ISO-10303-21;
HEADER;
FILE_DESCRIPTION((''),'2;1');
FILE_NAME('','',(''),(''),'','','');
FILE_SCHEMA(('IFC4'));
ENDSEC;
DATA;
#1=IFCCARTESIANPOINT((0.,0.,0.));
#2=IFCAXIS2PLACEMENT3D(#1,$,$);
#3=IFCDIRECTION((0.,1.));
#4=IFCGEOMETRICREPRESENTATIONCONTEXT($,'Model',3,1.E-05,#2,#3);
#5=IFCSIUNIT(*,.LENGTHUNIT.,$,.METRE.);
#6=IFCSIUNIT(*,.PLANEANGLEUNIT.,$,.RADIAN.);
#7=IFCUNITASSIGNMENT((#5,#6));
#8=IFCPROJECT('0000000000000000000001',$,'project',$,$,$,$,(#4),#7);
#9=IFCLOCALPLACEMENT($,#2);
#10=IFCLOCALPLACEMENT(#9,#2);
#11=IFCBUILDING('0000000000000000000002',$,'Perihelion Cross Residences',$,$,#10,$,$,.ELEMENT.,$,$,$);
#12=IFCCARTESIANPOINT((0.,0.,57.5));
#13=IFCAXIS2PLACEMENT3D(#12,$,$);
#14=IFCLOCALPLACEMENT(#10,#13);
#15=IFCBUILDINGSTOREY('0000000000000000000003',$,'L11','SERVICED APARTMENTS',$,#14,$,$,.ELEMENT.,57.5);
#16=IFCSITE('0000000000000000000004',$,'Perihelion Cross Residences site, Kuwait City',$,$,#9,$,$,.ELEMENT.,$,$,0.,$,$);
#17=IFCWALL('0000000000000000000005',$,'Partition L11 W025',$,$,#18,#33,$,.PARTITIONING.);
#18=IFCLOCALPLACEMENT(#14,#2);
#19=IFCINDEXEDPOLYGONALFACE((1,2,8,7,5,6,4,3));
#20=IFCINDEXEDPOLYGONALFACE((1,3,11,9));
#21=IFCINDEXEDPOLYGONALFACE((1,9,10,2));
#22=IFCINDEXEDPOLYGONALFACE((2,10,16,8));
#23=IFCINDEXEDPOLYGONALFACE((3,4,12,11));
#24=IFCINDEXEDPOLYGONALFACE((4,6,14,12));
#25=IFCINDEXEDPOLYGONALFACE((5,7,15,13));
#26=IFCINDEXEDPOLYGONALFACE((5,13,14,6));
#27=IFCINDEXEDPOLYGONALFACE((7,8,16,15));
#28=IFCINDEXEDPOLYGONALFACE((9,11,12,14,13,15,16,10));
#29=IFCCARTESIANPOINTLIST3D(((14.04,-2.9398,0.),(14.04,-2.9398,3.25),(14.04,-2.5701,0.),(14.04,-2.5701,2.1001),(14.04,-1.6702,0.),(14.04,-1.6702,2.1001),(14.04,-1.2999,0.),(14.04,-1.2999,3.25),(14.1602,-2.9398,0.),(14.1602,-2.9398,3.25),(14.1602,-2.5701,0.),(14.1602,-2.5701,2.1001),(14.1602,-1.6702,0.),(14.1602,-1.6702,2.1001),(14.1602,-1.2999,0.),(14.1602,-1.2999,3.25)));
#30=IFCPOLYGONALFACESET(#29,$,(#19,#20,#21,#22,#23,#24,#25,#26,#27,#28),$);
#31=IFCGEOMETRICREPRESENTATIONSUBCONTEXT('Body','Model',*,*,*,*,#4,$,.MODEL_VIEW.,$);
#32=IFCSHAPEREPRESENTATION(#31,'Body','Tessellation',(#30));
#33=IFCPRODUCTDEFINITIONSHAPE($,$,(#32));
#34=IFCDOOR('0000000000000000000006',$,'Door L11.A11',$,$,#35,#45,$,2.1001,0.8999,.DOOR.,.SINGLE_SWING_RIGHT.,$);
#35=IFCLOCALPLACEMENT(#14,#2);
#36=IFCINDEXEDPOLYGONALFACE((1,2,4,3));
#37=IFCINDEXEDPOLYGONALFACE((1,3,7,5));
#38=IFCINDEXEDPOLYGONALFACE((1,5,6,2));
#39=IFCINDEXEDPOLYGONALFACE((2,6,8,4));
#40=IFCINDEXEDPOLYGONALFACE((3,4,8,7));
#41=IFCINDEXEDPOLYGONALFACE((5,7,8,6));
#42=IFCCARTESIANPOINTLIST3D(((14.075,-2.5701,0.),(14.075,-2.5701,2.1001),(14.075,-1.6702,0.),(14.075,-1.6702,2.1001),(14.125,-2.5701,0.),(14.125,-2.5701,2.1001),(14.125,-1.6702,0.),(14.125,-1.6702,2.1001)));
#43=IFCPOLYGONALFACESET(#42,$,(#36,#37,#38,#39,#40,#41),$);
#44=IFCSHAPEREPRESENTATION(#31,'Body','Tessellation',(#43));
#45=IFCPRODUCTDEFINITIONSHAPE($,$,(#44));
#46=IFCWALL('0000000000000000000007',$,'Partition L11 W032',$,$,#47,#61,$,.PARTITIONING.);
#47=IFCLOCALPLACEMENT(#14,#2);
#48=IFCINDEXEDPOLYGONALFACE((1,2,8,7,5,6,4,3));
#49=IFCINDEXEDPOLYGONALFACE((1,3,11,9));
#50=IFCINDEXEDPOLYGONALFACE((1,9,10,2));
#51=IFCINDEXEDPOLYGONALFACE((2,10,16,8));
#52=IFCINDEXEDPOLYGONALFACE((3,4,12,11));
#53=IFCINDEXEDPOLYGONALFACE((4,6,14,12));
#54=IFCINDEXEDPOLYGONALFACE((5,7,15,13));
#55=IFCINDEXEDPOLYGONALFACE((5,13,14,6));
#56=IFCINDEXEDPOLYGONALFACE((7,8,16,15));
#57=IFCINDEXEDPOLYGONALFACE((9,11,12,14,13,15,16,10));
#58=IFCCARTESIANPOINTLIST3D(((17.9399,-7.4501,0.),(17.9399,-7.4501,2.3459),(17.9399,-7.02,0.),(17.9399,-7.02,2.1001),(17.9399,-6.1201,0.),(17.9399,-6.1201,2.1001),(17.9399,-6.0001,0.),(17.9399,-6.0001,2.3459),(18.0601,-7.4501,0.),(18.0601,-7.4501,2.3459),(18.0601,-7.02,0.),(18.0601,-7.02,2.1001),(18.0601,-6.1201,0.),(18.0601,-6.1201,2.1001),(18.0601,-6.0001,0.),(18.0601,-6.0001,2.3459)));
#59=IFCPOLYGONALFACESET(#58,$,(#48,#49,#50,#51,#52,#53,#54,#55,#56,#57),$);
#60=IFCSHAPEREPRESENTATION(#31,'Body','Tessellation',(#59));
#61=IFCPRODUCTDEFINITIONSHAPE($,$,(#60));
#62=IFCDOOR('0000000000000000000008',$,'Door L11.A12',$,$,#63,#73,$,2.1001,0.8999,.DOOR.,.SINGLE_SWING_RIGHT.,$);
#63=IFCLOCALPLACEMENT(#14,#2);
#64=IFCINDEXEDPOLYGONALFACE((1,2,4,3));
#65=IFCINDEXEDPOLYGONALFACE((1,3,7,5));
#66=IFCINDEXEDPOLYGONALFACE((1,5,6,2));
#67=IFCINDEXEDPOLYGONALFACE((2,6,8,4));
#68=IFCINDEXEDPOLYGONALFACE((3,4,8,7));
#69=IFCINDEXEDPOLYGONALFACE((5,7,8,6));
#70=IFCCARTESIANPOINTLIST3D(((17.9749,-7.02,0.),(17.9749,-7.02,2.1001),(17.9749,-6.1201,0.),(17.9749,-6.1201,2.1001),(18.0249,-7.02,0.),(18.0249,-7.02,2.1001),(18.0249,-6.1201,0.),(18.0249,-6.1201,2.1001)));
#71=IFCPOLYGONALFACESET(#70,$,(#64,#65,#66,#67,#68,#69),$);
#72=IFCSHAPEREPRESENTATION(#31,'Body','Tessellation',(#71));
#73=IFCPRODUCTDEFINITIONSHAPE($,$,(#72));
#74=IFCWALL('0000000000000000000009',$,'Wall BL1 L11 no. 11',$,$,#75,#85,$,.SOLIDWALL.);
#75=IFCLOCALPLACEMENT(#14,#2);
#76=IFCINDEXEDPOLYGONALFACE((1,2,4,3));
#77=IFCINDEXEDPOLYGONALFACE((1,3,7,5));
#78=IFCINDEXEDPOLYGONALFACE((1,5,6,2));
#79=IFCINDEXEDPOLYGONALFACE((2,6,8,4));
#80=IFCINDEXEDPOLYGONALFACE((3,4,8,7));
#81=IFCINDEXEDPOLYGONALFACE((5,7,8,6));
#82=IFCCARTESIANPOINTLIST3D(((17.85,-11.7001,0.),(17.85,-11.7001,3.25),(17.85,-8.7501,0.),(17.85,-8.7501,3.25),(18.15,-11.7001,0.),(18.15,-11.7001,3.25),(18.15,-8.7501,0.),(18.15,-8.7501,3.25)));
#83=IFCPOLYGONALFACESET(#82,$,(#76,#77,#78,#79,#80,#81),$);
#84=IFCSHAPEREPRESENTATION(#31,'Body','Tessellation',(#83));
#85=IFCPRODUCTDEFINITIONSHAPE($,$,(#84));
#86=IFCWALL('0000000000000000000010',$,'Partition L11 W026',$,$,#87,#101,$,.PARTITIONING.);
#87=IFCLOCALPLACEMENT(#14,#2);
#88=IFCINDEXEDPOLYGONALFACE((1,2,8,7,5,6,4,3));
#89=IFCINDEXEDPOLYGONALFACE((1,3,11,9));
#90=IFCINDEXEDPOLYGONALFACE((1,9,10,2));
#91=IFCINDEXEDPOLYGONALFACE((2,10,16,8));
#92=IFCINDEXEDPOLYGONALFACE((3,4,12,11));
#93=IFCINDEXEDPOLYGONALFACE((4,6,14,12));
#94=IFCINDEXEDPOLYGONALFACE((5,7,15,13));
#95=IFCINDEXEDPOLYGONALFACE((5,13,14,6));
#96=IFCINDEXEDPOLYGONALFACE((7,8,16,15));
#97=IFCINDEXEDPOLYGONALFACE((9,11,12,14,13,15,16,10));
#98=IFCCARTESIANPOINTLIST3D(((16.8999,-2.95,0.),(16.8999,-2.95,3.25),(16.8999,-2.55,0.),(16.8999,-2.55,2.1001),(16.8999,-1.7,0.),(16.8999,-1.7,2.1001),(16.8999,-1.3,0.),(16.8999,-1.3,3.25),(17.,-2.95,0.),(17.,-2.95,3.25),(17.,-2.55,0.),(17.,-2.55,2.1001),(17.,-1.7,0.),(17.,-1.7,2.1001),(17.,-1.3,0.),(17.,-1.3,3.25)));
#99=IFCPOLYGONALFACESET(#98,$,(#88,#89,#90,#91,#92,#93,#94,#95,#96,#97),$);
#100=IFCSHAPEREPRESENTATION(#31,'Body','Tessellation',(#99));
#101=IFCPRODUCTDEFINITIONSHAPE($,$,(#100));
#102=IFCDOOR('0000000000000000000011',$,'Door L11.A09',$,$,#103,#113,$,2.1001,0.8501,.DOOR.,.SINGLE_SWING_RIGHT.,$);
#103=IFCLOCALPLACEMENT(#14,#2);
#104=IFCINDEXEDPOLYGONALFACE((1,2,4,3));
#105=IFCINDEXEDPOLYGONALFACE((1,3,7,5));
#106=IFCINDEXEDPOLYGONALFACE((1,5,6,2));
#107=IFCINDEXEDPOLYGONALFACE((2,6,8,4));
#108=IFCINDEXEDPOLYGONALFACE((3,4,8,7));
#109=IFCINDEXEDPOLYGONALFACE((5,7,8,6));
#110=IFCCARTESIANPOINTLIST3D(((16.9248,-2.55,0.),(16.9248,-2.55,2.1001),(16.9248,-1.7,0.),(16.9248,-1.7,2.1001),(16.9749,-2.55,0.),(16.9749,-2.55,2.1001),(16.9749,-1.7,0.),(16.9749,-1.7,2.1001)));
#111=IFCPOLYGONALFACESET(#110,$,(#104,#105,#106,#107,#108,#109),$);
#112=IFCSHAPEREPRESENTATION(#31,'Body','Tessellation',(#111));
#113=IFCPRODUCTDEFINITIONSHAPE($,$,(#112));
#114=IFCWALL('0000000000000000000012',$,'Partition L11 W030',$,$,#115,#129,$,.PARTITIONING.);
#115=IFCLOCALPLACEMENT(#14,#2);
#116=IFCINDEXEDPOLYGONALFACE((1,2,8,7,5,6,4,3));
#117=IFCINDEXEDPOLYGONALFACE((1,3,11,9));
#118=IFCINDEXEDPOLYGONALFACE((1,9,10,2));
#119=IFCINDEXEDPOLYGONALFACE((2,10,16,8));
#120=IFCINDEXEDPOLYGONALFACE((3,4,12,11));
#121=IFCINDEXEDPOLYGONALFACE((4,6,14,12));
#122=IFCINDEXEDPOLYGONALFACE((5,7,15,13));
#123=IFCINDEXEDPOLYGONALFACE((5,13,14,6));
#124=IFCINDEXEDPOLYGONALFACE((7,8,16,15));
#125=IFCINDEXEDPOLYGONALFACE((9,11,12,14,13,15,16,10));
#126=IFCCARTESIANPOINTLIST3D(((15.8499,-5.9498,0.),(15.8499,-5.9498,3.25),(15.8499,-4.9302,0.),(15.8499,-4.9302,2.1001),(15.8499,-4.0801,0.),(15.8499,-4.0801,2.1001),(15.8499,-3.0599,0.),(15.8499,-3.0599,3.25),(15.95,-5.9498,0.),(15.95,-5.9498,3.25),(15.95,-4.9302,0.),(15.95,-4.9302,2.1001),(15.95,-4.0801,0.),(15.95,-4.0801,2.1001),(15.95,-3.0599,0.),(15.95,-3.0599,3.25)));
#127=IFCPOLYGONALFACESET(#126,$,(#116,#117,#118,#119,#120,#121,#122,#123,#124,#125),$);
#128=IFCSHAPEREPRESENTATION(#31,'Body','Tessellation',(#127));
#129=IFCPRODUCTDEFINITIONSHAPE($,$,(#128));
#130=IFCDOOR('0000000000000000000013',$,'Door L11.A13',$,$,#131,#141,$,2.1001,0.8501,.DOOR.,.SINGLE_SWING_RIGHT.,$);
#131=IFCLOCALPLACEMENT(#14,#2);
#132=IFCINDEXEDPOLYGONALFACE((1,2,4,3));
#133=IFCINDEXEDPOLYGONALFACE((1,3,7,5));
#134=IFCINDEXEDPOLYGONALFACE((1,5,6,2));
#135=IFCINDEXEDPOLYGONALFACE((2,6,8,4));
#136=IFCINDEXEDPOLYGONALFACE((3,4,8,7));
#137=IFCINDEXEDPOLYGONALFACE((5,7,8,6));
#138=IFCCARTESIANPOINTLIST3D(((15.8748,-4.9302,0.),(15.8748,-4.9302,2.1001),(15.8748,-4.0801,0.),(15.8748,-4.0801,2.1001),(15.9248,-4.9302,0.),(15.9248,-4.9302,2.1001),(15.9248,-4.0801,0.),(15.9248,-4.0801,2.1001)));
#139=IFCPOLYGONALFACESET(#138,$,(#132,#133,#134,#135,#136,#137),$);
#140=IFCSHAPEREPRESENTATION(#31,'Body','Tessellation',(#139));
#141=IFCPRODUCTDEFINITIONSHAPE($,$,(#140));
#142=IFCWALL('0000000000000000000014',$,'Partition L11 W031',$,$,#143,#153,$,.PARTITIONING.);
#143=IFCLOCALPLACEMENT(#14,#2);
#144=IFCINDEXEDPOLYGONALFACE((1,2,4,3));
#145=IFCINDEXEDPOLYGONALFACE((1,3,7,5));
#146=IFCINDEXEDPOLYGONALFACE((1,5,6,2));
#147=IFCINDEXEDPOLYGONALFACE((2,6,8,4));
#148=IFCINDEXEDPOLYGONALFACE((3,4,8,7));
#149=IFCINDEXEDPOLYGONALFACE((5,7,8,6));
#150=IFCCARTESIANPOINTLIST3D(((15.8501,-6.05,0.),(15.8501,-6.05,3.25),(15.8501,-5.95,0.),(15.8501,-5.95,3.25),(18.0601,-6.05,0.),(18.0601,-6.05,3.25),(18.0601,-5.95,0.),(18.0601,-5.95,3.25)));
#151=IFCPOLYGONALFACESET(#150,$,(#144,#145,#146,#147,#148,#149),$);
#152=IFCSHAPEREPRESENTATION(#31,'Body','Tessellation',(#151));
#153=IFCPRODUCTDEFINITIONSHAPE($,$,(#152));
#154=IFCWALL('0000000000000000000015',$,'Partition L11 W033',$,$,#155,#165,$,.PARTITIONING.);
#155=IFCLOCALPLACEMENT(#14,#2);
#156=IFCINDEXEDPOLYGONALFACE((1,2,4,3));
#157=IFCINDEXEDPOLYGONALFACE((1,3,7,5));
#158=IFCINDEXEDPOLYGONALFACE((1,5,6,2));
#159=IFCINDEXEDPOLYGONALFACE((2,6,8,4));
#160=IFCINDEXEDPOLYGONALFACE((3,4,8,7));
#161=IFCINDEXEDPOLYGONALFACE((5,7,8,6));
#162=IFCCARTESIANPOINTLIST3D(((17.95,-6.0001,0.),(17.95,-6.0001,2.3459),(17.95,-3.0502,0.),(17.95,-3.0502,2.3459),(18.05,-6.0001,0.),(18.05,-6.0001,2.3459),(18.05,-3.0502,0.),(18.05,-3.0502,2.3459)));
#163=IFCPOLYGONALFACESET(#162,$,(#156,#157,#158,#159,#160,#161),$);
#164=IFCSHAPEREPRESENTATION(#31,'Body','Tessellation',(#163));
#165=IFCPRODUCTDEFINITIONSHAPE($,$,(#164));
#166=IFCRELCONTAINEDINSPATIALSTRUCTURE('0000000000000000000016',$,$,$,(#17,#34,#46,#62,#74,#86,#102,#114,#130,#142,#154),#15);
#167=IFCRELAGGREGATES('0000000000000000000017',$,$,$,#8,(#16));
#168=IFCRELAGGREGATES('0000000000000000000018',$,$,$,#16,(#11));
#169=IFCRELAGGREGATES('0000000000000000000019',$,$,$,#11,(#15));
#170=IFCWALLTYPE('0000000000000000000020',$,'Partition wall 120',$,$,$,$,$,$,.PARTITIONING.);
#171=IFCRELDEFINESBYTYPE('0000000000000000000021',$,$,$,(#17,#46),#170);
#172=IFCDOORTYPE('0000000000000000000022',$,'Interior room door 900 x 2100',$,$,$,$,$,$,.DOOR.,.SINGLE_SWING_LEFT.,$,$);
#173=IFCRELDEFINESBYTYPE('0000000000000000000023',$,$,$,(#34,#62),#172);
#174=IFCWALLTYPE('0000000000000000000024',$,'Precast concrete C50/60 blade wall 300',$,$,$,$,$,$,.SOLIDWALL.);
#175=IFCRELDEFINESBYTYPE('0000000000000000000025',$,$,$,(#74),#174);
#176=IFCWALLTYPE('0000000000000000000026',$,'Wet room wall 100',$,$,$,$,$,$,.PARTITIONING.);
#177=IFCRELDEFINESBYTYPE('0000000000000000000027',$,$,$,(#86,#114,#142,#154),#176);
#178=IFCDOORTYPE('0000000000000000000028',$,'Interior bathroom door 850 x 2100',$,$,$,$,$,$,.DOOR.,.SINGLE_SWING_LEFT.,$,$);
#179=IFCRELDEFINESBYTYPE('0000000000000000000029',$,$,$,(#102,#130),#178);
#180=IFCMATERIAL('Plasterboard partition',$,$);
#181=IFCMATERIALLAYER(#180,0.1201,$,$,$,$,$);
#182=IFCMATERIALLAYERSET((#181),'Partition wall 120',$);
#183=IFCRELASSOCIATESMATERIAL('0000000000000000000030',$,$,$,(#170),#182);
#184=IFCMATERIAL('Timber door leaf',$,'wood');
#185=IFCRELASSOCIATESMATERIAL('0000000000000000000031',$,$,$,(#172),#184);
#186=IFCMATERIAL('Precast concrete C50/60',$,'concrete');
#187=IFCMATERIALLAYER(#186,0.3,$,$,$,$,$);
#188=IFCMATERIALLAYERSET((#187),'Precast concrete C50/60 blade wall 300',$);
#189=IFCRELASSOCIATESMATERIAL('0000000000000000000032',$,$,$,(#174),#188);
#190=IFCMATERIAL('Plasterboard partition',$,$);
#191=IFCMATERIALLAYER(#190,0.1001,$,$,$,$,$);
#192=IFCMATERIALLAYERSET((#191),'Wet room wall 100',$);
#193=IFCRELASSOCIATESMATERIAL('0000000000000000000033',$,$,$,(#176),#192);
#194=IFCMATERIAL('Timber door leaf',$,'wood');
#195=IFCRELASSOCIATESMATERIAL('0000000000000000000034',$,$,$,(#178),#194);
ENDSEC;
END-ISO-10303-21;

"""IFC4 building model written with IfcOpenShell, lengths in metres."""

from ifc_helpers import new_model, si_unit, direction, frame, frame_2d, origin, place, context, subcontext, project, spatial, rectangle, extrude, material, layer, layer_set, type_object, element, fill, save


model = new_model("IFC4")

# Units and contexts
model_context = context("Model", 3, precision=1e-05, world=origin(), true_north=direction((0.0, 1.0)))
body_context = subcontext(model_context, "Body", "Model", "MODEL_VIEW")
ifc_project = project(units=[si_unit("LENGTHUNIT", "METRE"), si_unit("PLANEANGLEUNIT", "RADIAN")], contexts=[model_context])

# Site, building, storey
site_placement = place(None, origin())
site = spatial("IfcSite", under=ifc_project, at=site_placement, Name="Perihelion Cross Residences site, Kuwait City", CompositionType="ELEMENT", RefElevation=0.0)
building_placement = place(site_placement, origin())
building = spatial("IfcBuilding", under=site, at=building_placement, Name="Perihelion Cross Residences", CompositionType="ELEMENT")
storey_placement = place(building_placement, frame((0.0, 0.0, 57.5)))
storey = spatial("IfcBuildingStorey", under=building, at=storey_placement, Name="L11", Description="SERVICED APARTMENTS", CompositionType="ELEMENT", Elevation=57.5)

# Shared definitions
ifc_material_1 = material(Name="Plasterboard partition")
ifc_layer_1 = layer(ifc_material_1, 0.1201)
ifc_layer_set_1 = layer_set([ifc_layer_1], Name="Partition wall 120")
wall_type_1 = type_object("IfcWallType", Name="Partition wall 120", PredefinedType="PARTITIONING", material=ifc_layer_set_1)

# Shared definitions
ifc_material_2 = material(Name="Timber door leaf", Category="wood")
door_type_1 = type_object("IfcDoorType", Name="Interior room door 900 x 2100", OperationType="SINGLE_SWING_LEFT", PredefinedType="DOOR", material=ifc_material_2)

# Walls, openings, doors
wall_1_placement = place(storey_placement, frame((14.1001, -1.3, 0.0), z_axis=(0.0, 0.0, 1.0), x_axis=(0.0, -1.0, 0.0)))
wall_1 = element("IfcWall", 1, at=wall_1_placement, inside=storey, type_object=wall_type_1, Name="Partition L11 W025", PredefinedType="PARTITIONING", context=body_context, shape_type="SweptSolid", body=[
    extrude(rectangle(XDim=1.6399, YDim=0.1201, at=frame_2d((0.8198, 0.0))), origin(), (0.0, 0.0, 1.0), 3.25),
])
opening_1_placement = place(wall_1_placement, frame((0.3701, 0.0, 0.0)))
opening_1 = element("IfcOpeningElement", 2, at=opening_1_placement, cuts=wall_1, PredefinedType="OPENING", context=body_context, shape_type="SweptSolid", body=[
    extrude(rectangle(XDim=0.8999, YDim=2.1001, at=frame_2d((0.45, 1.05))), frame((0.0, 0.0701, 0.0), z_axis=(0.0, -1.0, 0.0), x_axis=(1.0, 0.0, 0.0)), (0.0, 0.0, 1.0), 0.1401),
])
door_1_placement = place(opening_1_placement, origin())
door_1 = element("IfcDoor", 3, at=door_1_placement, inside=storey, type_object=door_type_1, Name="Door L11.A11", OperationType="SINGLE_SWING_RIGHT", OverallHeight=2.1001, OverallWidth=0.8999, PredefinedType="DOOR", context=body_context, shape_type="SweptSolid", body=[
    extrude(rectangle(XDim=0.8999, YDim=2.1001, at=frame_2d((0.45, 1.05))), frame((0.0, 0.0249, 0.0), z_axis=(0.0, -1.0, 0.0), x_axis=(1.0, 0.0, 0.0)), (0.0, 0.0, 1.0), 0.05),
])
fill(opening_1, door_1)
wall_2_placement = place(storey_placement, frame((18.0, -6.0, 0.0), z_axis=(0.0, 0.0, 1.0), x_axis=(0.0, -1.0, 0.0)))
wall_2 = element("IfcWall", 4, at=wall_2_placement, inside=storey, type_object=wall_type_1, Name="Partition L11 W032", PredefinedType="PARTITIONING", context=body_context, shape_type="SweptSolid", body=[
    extrude(rectangle(XDim=1.45, YDim=0.1201, at=frame_2d((0.7251, 0.0))), origin(), (0.0, 0.0, 1.0), 2.3459),
])
opening_2_placement = place(wall_2_placement, frame((0.1201, 0.0, 0.0)))
opening_2 = element("IfcOpeningElement", 5, at=opening_2_placement, cuts=wall_2, PredefinedType="OPENING", context=body_context, shape_type="SweptSolid", body=[
    extrude(rectangle(XDim=0.8999, YDim=2.1001, at=frame_2d((0.45, 1.05))), frame((0.0, 0.0701, 0.0), z_axis=(0.0, -1.0, 0.0), x_axis=(1.0, 0.0, 0.0)), (0.0, 0.0, 1.0), 0.1401),
])
door_2_placement = place(opening_2_placement, origin())
door_2 = element("IfcDoor", 6, at=door_2_placement, inside=storey, type_object=door_type_1, Name="Door L11.A12", OperationType="SINGLE_SWING_RIGHT", OverallHeight=2.1001, OverallWidth=0.8999, PredefinedType="DOOR", context=body_context, shape_type="SweptSolid", body=[
    extrude(rectangle(XDim=0.8999, YDim=2.1001, at=frame_2d((0.45, 1.05))), frame((0.0, 0.0249, 0.0), z_axis=(0.0, -1.0, 0.0), x_axis=(1.0, 0.0, 0.0)), (0.0, 0.0, 1.0), 0.05),
])
fill(opening_2, door_2)

# Wall
ifc_material_3 = material(Name="Precast concrete C50/60", Category="concrete")
ifc_layer_2 = layer(ifc_material_3, 0.3)
ifc_layer_set_2 = layer_set([ifc_layer_2], Name="Precast concrete C50/60 blade wall 300")
wall_type_2 = type_object("IfcWallType", Name="Precast concrete C50/60 blade wall 300", PredefinedType="SOLIDWALL", material=ifc_layer_set_2)
wall_3_placement = place(storey_placement, frame((18.0, -8.75, 0.0), z_axis=(0.0, 0.0, 1.0), x_axis=(0.0, -1.0, 0.0)))
element("IfcWall", 7, at=wall_3_placement, inside=storey, type_object=wall_type_2, Name="Wall BL1 L11 no. 11", PredefinedType="SOLIDWALL", context=body_context, shape_type="SweptSolid", body=[
    extrude(rectangle(XDim=2.95, YDim=0.3, at=frame_2d((1.4751, 0.0))), origin(), (0.0, 0.0, 1.0), 3.25),
])

# Walls, openings, doors
ifc_material_4 = material(Name="Plasterboard partition")
ifc_layer_3 = layer(ifc_material_4, 0.1001)
ifc_layer_set_3 = layer_set([ifc_layer_3], Name="Wet room wall 100")
wall_type_3 = type_object("IfcWallType", Name="Wet room wall 100", PredefinedType="PARTITIONING", material=ifc_layer_set_3)
wall_4_placement = place(storey_placement, frame((16.95, -1.3, 0.0), z_axis=(0.0, 0.0, 1.0), x_axis=(0.0, -1.0, 0.0)))
wall_4 = element("IfcWall", 8, at=wall_4_placement, inside=storey, type_object=wall_type_3, Name="Partition L11 W026", PredefinedType="PARTITIONING", context=body_context, shape_type="SweptSolid", body=[
    extrude(rectangle(XDim=1.6499, YDim=0.1001, at=frame_2d((0.825, 0.0))), origin(), (0.0, 0.0, 1.0), 3.25),
])
opening_3_placement = place(wall_4_placement, frame((0.3999, 0.0, 0.0)))
opening_3 = element("IfcOpeningElement", 9, at=opening_3_placement, cuts=wall_4, PredefinedType="OPENING", context=body_context, shape_type="SweptSolid", body=[
    extrude(rectangle(XDim=0.8501, YDim=2.1001, at=frame_2d((0.425, 1.05))), frame((0.0, 0.0601, 0.0), z_axis=(0.0, -1.0, 0.0), x_axis=(1.0, 0.0, 0.0)), (0.0, 0.0, 1.0), 0.1201),
])
ifc_material_5 = material(Name="Timber door leaf", Category="wood")
door_type_2 = type_object("IfcDoorType", Name="Interior bathroom door 850 x 2100", OperationType="SINGLE_SWING_LEFT", PredefinedType="DOOR", material=ifc_material_5)
door_3_placement = place(opening_3_placement, origin())
door_3 = element("IfcDoor", 10, at=door_3_placement, inside=storey, type_object=door_type_2, Name="Door L11.A09", OperationType="SINGLE_SWING_RIGHT", OverallHeight=2.1001, OverallWidth=0.8501, PredefinedType="DOOR", context=body_context, shape_type="SweptSolid", body=[
    extrude(rectangle(XDim=0.8501, YDim=2.1001, at=frame_2d((0.425, 1.05))), frame((0.0, 0.0249, 0.0), z_axis=(0.0, -1.0, 0.0), x_axis=(1.0, 0.0, 0.0)), (0.0, 0.0, 1.0), 0.05),
])
fill(opening_3, door_3)
wall_5_placement = place(storey_placement, frame((15.8999, -3.0601, 0.0), z_axis=(0.0, 0.0, 1.0), x_axis=(0.0, -1.0, 0.0)))
wall_5 = element("IfcWall", 11, at=wall_5_placement, inside=storey, type_object=wall_type_3, Name="Partition L11 W030", PredefinedType="PARTITIONING", context=body_context, shape_type="SweptSolid", body=[
    extrude(rectangle(XDim=2.8899, YDim=0.1001, at=frame_2d((1.4448, 0.0))), origin(), (0.0, 0.0, 1.0), 3.25),
])
opening_4_placement = place(wall_5_placement, frame((1.02, 0.0, 0.0)))
opening_4 = element("IfcOpeningElement", 12, at=opening_4_placement, cuts=wall_5, PredefinedType="OPENING", context=body_context, shape_type="SweptSolid", body=[
    extrude(rectangle(XDim=0.8501, YDim=2.1001, at=frame_2d((0.425, 1.05))), frame((0.0, 0.0601, 0.0), z_axis=(0.0, -1.0, 0.0), x_axis=(1.0, 0.0, 0.0)), (0.0, 0.0, 1.0), 0.1201),
])
door_4_placement = place(opening_4_placement, origin())
door_4 = element("IfcDoor", 13, at=door_4_placement, inside=storey, type_object=door_type_2, Name="Door L11.A13", OperationType="SINGLE_SWING_RIGHT", OverallHeight=2.1001, OverallWidth=0.8501, PredefinedType="DOOR", context=body_context, shape_type="SweptSolid", body=[
    extrude(rectangle(XDim=0.8501, YDim=2.1001, at=frame_2d((0.425, 1.05))), frame((0.0, 0.0249, 0.0), z_axis=(0.0, -1.0, 0.0), x_axis=(1.0, 0.0, 0.0)), (0.0, 0.0, 1.0), 0.05),
])
fill(opening_4, door_4)

# Walls
wall_6_placement = place(storey_placement, frame((15.8501, -6.0, 0.0), z_axis=(0.0, 0.0, 1.0), x_axis=(1.0, 0.0, 0.0)))
element("IfcWall", 14, at=wall_6_placement, inside=storey, type_object=wall_type_3, Name="Partition L11 W031", PredefinedType="PARTITIONING", context=body_context, shape_type="SweptSolid", body=[
    extrude(rectangle(XDim=2.21, YDim=0.1001, at=frame_2d((1.105, 0.0))), origin(), (0.0, 0.0, 1.0), 3.25),
])
wall_7_placement = place(storey_placement, frame((18.0, -3.05, 0.0), z_axis=(0.0, 0.0, 1.0), x_axis=(0.0, -1.0, 0.0)))
element("IfcWall", 15, at=wall_7_placement, inside=storey, type_object=wall_type_3, Name="Partition L11 W033", PredefinedType="PARTITIONING", context=body_context, shape_type="SweptSolid", body=[
    extrude(rectangle(XDim=2.95, YDim=0.1001, at=frame_2d((1.4751, 0.0))), origin(), (0.0, 0.0, 1.0), 2.3459),
])

save(model, "model.ifc")
